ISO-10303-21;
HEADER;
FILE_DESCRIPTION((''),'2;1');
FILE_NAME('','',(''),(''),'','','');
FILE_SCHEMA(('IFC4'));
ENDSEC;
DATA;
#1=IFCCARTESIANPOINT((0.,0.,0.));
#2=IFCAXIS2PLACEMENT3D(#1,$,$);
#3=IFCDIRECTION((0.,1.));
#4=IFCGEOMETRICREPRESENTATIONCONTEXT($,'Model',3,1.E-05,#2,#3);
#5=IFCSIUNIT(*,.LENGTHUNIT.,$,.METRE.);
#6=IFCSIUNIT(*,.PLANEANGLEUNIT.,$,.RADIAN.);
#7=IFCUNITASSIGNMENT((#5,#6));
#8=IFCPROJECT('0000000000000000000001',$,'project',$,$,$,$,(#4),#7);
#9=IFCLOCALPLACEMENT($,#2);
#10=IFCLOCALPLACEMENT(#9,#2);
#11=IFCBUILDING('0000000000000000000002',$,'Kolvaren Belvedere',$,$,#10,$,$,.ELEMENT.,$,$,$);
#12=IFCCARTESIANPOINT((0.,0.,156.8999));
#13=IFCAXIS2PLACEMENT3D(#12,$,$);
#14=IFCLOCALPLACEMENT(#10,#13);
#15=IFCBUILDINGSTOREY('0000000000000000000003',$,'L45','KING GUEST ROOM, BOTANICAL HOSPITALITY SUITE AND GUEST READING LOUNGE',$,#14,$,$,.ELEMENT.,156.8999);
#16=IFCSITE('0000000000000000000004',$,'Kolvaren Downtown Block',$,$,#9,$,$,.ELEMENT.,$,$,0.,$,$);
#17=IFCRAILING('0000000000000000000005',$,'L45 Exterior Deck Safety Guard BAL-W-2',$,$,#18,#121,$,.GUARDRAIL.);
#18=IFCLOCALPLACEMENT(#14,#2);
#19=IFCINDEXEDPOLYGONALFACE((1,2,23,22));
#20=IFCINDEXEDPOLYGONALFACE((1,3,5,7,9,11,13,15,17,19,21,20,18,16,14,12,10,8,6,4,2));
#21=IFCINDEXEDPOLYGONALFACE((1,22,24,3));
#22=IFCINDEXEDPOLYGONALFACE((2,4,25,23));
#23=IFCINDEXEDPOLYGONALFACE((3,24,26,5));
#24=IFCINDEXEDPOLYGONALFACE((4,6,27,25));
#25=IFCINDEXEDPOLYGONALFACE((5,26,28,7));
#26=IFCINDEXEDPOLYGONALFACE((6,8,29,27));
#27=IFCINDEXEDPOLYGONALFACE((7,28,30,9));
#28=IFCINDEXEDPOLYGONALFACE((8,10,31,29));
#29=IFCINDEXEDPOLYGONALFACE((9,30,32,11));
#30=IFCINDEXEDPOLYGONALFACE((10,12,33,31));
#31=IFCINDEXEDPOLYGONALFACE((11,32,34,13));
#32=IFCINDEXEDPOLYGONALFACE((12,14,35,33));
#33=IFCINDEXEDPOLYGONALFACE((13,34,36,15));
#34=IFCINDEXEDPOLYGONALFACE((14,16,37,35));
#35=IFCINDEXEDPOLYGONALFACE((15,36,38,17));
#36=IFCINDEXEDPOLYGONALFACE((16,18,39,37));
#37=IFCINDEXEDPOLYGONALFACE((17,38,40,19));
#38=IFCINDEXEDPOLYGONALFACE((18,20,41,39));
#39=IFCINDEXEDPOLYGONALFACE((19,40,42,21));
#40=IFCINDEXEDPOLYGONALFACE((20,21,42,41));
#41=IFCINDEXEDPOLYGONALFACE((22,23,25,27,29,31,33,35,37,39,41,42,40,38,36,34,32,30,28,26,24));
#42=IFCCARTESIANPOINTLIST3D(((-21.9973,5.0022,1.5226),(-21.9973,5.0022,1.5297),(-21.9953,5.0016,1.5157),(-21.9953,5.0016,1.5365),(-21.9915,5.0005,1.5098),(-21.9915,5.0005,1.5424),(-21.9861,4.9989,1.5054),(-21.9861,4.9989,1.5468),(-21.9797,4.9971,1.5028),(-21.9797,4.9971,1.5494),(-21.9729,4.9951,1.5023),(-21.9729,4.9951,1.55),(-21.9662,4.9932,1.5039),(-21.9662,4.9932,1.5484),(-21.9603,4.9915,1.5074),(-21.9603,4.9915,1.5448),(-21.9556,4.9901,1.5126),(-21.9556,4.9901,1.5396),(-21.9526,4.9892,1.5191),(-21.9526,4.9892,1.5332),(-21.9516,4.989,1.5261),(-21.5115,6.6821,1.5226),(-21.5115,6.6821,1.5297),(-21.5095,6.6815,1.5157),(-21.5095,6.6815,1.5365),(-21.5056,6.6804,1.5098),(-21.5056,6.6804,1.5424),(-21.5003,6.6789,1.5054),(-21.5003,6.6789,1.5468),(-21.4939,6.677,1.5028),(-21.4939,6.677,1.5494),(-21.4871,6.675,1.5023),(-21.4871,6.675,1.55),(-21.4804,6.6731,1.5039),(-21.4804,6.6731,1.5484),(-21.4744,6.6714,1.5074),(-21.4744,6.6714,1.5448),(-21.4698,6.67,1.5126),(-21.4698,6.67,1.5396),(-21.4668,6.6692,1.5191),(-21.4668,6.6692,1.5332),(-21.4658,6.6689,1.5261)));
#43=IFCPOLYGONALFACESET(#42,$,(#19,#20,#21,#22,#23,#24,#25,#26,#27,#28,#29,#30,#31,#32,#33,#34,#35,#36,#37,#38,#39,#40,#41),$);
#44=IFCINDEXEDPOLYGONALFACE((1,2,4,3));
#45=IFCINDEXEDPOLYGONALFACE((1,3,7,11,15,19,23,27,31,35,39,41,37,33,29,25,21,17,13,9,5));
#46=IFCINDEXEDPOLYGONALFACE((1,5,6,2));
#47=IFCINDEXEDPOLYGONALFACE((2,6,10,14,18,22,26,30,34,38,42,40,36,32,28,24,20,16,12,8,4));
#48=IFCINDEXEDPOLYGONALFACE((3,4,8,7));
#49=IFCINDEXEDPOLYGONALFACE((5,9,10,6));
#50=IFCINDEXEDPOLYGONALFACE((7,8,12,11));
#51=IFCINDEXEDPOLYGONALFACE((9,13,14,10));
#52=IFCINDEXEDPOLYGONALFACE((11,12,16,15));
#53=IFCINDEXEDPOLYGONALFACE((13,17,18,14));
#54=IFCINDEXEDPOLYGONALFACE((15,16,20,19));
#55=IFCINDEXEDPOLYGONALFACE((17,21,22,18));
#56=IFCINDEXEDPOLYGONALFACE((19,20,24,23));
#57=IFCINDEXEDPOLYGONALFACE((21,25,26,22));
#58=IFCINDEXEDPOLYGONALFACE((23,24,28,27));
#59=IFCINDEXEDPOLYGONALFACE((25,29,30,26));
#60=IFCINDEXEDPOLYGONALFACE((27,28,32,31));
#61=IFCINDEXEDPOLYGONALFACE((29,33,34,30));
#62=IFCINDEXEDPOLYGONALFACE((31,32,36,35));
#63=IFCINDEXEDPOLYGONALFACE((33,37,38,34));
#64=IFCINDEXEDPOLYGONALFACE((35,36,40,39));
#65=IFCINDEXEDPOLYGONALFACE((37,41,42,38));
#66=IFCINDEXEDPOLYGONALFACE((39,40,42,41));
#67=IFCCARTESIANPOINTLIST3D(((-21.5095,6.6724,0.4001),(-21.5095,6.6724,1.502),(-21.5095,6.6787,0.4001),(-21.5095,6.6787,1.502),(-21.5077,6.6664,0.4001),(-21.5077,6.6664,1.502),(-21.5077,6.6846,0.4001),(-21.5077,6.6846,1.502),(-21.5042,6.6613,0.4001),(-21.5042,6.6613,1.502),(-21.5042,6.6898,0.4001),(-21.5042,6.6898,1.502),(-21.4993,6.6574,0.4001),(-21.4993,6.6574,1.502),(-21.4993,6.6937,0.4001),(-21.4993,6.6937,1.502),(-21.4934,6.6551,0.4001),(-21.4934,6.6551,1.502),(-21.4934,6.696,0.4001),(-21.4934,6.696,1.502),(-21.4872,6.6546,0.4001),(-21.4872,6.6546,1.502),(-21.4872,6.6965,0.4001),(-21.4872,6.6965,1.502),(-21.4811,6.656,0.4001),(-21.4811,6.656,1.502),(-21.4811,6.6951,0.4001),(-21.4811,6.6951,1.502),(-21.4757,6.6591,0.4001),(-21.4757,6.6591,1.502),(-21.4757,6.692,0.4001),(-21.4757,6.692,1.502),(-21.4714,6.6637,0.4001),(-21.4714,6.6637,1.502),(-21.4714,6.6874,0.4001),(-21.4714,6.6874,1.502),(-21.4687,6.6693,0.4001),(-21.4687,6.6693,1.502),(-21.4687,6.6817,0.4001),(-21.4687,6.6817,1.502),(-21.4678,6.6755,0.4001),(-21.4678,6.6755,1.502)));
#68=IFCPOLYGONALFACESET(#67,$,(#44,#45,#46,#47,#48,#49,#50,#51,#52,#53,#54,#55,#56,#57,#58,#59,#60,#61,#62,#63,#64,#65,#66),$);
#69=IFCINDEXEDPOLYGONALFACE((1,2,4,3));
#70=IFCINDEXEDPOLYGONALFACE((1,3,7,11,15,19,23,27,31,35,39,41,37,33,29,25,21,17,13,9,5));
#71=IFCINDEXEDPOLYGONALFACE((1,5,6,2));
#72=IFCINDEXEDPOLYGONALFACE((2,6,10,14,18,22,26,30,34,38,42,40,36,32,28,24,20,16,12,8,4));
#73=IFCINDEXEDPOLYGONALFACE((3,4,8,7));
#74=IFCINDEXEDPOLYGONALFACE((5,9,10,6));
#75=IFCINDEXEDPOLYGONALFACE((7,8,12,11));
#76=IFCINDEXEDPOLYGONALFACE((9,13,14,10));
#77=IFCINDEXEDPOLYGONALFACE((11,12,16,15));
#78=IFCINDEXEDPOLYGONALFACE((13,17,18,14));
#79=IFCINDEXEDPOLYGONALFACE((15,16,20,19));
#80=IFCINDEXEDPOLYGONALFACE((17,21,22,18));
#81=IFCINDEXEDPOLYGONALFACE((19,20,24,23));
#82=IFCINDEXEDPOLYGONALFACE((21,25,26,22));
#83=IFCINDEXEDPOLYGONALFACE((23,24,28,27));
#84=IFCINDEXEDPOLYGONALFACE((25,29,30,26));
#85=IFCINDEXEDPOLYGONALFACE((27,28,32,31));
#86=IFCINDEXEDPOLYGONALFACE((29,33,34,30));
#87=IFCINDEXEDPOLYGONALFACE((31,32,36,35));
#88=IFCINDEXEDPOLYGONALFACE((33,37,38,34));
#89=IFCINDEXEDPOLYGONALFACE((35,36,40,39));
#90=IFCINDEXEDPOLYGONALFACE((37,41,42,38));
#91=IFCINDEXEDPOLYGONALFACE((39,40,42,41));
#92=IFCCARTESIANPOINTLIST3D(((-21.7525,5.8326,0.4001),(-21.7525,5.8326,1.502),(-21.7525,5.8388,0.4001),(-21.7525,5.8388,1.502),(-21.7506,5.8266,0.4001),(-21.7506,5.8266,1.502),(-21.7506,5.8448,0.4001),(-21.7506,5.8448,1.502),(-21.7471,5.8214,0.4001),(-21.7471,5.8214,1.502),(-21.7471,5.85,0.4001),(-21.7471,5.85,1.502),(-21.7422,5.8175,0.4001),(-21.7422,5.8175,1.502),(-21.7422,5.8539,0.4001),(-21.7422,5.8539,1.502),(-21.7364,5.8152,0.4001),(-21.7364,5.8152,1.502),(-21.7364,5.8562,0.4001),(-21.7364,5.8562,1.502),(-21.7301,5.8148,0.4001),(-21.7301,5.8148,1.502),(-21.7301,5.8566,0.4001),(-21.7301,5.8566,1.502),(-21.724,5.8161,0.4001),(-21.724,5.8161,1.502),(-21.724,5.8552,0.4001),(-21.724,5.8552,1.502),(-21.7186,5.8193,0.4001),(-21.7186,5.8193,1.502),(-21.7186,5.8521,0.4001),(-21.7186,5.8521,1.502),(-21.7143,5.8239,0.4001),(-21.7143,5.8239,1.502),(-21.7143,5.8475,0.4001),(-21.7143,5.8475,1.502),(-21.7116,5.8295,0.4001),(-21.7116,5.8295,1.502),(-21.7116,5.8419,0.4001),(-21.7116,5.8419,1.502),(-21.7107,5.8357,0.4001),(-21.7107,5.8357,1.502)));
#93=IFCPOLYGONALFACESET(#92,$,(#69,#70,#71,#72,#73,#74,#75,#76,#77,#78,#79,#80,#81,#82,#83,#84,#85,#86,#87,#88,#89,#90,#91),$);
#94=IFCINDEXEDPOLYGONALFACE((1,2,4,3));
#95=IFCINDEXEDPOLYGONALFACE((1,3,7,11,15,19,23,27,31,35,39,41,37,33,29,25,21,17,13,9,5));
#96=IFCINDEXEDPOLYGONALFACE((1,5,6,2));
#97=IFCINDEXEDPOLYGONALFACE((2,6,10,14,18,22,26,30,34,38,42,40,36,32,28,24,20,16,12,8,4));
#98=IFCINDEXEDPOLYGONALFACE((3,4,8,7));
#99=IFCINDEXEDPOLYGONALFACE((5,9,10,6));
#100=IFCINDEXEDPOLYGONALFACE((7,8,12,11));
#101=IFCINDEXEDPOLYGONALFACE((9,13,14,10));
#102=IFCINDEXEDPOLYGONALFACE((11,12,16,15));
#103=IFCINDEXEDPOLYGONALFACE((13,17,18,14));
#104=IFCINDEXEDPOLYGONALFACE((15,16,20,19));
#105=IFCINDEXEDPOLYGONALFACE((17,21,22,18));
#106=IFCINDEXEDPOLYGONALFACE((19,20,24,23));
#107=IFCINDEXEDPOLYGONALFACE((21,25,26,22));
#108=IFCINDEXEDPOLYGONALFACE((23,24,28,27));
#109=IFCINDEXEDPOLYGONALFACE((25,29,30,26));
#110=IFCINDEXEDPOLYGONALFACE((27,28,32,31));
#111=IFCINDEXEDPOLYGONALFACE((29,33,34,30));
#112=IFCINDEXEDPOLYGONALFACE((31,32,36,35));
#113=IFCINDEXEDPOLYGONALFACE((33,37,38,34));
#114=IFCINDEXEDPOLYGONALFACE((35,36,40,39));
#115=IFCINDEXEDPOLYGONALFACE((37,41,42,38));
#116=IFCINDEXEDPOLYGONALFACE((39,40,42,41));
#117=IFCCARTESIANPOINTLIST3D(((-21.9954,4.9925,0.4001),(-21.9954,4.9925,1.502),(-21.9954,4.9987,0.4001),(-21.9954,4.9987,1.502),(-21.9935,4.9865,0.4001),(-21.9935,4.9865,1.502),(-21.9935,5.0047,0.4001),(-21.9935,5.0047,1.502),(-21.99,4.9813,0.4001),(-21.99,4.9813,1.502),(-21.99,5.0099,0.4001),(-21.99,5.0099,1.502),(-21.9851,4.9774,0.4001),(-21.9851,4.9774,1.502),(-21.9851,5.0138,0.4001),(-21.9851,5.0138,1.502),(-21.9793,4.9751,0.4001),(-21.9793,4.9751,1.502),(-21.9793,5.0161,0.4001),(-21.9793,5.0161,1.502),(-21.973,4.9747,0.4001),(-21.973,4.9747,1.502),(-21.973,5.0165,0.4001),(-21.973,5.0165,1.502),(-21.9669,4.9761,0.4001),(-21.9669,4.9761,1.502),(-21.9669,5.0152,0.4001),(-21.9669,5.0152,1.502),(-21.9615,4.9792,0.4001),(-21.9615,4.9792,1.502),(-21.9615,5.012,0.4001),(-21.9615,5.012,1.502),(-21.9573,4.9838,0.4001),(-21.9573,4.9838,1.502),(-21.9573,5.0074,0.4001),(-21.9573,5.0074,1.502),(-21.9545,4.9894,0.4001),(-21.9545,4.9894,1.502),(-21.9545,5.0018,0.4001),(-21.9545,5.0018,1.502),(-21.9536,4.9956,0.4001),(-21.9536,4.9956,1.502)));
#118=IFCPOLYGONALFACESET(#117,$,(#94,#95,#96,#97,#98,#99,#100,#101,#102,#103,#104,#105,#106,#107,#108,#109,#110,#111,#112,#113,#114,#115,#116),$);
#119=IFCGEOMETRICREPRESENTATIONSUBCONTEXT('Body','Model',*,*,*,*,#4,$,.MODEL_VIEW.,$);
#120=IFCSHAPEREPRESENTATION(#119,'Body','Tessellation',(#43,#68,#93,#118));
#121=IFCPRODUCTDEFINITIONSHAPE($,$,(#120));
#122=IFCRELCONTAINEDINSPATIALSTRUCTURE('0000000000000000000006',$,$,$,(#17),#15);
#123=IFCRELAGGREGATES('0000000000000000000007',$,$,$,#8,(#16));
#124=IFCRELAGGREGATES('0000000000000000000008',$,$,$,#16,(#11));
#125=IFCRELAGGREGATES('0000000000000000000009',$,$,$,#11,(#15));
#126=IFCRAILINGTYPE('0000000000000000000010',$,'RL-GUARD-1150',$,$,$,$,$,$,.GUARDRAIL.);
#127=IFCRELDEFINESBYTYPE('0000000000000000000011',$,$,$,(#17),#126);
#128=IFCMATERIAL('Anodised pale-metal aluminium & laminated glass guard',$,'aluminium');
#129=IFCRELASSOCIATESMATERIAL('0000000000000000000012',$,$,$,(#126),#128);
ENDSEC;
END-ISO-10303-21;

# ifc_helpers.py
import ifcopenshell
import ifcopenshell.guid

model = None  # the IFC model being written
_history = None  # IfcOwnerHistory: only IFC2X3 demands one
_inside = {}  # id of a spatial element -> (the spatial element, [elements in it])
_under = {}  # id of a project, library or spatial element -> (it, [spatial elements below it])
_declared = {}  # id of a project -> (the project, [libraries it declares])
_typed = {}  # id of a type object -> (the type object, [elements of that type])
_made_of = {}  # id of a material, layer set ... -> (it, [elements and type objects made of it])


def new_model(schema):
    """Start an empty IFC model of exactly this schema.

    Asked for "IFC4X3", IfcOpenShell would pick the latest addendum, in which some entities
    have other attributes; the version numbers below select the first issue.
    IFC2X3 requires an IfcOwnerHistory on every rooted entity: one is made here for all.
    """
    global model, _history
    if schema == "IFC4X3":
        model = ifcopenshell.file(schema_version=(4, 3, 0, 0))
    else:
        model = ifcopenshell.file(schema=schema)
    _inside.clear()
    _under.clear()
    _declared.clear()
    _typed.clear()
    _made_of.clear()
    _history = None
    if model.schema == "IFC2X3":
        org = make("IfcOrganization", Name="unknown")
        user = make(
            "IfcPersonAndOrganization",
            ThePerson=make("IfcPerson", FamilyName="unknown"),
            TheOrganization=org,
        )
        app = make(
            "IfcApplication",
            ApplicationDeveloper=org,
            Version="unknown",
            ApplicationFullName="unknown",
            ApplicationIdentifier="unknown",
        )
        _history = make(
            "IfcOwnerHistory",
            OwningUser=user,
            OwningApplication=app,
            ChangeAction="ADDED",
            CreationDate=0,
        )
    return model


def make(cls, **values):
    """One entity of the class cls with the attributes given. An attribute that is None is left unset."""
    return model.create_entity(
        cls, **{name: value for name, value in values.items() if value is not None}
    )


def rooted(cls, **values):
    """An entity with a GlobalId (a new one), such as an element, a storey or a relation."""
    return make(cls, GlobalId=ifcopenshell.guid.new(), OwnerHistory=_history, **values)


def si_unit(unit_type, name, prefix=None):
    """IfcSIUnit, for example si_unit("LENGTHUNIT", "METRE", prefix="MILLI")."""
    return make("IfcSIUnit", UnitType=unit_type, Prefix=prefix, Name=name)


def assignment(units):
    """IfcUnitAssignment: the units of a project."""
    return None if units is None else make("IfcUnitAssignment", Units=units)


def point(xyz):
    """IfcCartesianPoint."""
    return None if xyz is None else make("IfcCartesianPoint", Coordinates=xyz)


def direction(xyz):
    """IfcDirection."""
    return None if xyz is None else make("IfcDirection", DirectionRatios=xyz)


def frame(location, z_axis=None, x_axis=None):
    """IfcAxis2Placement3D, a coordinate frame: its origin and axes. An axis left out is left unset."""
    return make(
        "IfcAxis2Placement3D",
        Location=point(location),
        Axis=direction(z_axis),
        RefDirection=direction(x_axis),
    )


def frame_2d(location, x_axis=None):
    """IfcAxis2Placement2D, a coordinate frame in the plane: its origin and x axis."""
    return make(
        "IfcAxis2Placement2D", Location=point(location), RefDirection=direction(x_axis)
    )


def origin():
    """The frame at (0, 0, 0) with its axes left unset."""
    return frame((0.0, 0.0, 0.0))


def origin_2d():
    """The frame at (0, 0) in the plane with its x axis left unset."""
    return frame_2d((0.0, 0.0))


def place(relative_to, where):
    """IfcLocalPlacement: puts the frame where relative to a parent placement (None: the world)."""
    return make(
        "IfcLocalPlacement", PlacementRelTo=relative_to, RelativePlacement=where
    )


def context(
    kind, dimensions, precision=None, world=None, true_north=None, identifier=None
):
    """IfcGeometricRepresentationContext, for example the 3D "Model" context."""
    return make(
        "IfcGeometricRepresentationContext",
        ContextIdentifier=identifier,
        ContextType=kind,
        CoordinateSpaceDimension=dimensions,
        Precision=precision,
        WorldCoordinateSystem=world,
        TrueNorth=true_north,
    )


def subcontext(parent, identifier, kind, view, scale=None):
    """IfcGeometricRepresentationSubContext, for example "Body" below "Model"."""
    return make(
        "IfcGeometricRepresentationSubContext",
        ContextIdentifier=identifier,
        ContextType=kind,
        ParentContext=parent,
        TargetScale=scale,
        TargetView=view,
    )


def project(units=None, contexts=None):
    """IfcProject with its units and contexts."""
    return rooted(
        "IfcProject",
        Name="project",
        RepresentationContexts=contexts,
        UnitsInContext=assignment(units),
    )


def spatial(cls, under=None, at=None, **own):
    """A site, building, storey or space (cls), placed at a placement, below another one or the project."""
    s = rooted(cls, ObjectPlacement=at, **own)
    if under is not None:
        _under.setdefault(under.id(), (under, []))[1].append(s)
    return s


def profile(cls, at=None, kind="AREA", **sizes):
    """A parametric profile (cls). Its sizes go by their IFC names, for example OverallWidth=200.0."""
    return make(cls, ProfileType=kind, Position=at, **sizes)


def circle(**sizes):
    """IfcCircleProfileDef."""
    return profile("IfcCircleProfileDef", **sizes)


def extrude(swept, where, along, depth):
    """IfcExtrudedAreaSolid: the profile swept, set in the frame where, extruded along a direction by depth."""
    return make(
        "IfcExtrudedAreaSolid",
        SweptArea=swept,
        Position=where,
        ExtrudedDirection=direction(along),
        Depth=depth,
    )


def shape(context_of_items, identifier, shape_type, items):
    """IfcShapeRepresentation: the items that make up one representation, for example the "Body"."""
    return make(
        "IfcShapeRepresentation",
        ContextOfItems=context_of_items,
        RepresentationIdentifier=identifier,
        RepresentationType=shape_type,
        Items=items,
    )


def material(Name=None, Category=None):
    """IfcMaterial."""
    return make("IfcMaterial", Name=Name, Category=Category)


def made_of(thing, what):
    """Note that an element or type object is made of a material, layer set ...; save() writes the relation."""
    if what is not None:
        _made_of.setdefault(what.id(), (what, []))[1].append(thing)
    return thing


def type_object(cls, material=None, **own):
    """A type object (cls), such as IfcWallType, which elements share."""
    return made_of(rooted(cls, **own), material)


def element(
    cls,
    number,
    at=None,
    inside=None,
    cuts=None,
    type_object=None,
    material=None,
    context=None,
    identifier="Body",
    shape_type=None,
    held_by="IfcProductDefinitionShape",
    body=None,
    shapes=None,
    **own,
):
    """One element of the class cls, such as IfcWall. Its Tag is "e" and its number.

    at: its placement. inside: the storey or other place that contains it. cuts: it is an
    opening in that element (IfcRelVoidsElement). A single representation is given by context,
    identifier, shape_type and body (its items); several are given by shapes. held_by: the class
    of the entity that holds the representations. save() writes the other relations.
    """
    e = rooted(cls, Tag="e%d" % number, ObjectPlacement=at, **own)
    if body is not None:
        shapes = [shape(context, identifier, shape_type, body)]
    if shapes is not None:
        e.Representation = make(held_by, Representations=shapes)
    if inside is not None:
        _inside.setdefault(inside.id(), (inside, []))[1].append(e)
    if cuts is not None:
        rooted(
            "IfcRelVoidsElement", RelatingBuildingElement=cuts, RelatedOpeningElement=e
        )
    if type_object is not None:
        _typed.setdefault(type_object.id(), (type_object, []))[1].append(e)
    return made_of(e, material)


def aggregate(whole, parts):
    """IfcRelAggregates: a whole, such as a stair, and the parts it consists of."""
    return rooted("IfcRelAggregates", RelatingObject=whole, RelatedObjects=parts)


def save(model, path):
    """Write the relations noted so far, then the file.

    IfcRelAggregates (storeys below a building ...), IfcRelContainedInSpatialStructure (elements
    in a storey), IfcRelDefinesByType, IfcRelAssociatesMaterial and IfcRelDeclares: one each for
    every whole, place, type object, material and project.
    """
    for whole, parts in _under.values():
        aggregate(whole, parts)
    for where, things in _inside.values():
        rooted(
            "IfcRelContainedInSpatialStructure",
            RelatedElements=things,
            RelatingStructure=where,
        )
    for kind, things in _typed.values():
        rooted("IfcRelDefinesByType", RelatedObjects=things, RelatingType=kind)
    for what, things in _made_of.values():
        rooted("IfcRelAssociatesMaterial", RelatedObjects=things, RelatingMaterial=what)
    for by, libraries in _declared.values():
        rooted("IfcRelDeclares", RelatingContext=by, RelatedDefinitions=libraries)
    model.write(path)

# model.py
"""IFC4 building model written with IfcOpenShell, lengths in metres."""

from ifc_helpers import new_model, si_unit, direction, frame, origin, origin_2d, place, context, subcontext, project, spatial, circle, extrude, material, type_object, element, save


model = new_model("IFC4")

# Units and contexts
model_context = context("Model", 3, precision=1e-05, world=origin(), true_north=direction((0.0, 1.0)))
body_context = subcontext(model_context, "Body", "Model", "MODEL_VIEW")
ifc_project = project(units=[si_unit("LENGTHUNIT", "METRE"), si_unit("PLANEANGLEUNIT", "RADIAN")], contexts=[model_context])

# Site, building, storey
site_placement = place(None, origin())
site = spatial("IfcSite", under=ifc_project, at=site_placement, Name="Kolvaren Downtown Block", CompositionType="ELEMENT", RefElevation=0.0)
building_placement = place(site_placement, origin())
building = spatial("IfcBuilding", under=site, at=building_placement, Name="Kolvaren Belvedere", CompositionType="ELEMENT")
storey_placement = place(building_placement, frame((0.0, 0.0, 156.8999)))
storey = spatial("IfcBuildingStorey", under=building, at=storey_placement, Name="L45", Description="KING GUEST ROOM, BOTANICAL HOSPITALITY SUITE AND GUEST READING LOUNGE", CompositionType="ELEMENT", Elevation=156.8999)

# Railing
ifc_material_1 = material(Name="Anodised pale-metal aluminium & laminated glass guard", Category="aluminium")
railing_type = type_object("IfcRailingType", Name="RL-GUARD-1150", PredefinedType="GUARDRAIL", material=ifc_material_1)
railing_1_placement = place(storey_placement, frame((-21.4888, 6.6755, 0.4001)))
element("IfcRailing", 1, at=railing_1_placement, inside=storey, type_object=railing_type, Name="L45 Exterior Deck Safety Guard BAL-W-2", PredefinedType="GUARDRAIL", context=body_context, shape_type="SweptSolid", body=[
    extrude(circle(Radius=0.0239, at=origin_2d()), frame((0.0, 0.0, 1.126), z_axis=(-0.277817, -0.960634, 0.0), x_axis=(0.960634, -0.277817, 0.0)), (0.0, 0.0, 1.0), 1.7488),
    extrude(circle(Radius=0.021, at=origin_2d()), origin(), (0.0, 0.0, 1.0), 1.1018),
    extrude(circle(Radius=0.021, at=origin_2d()), frame((-0.2429, -0.8398, 0.0)), (0.0, 0.0, 1.0), 1.1018),
    extrude(circle(Radius=0.021, at=origin_2d()), frame((-0.4858, -1.6799, 0.0)), (0.0, 0.0, 1.0), 1.1018),
])

save(model, "model.ifc")
